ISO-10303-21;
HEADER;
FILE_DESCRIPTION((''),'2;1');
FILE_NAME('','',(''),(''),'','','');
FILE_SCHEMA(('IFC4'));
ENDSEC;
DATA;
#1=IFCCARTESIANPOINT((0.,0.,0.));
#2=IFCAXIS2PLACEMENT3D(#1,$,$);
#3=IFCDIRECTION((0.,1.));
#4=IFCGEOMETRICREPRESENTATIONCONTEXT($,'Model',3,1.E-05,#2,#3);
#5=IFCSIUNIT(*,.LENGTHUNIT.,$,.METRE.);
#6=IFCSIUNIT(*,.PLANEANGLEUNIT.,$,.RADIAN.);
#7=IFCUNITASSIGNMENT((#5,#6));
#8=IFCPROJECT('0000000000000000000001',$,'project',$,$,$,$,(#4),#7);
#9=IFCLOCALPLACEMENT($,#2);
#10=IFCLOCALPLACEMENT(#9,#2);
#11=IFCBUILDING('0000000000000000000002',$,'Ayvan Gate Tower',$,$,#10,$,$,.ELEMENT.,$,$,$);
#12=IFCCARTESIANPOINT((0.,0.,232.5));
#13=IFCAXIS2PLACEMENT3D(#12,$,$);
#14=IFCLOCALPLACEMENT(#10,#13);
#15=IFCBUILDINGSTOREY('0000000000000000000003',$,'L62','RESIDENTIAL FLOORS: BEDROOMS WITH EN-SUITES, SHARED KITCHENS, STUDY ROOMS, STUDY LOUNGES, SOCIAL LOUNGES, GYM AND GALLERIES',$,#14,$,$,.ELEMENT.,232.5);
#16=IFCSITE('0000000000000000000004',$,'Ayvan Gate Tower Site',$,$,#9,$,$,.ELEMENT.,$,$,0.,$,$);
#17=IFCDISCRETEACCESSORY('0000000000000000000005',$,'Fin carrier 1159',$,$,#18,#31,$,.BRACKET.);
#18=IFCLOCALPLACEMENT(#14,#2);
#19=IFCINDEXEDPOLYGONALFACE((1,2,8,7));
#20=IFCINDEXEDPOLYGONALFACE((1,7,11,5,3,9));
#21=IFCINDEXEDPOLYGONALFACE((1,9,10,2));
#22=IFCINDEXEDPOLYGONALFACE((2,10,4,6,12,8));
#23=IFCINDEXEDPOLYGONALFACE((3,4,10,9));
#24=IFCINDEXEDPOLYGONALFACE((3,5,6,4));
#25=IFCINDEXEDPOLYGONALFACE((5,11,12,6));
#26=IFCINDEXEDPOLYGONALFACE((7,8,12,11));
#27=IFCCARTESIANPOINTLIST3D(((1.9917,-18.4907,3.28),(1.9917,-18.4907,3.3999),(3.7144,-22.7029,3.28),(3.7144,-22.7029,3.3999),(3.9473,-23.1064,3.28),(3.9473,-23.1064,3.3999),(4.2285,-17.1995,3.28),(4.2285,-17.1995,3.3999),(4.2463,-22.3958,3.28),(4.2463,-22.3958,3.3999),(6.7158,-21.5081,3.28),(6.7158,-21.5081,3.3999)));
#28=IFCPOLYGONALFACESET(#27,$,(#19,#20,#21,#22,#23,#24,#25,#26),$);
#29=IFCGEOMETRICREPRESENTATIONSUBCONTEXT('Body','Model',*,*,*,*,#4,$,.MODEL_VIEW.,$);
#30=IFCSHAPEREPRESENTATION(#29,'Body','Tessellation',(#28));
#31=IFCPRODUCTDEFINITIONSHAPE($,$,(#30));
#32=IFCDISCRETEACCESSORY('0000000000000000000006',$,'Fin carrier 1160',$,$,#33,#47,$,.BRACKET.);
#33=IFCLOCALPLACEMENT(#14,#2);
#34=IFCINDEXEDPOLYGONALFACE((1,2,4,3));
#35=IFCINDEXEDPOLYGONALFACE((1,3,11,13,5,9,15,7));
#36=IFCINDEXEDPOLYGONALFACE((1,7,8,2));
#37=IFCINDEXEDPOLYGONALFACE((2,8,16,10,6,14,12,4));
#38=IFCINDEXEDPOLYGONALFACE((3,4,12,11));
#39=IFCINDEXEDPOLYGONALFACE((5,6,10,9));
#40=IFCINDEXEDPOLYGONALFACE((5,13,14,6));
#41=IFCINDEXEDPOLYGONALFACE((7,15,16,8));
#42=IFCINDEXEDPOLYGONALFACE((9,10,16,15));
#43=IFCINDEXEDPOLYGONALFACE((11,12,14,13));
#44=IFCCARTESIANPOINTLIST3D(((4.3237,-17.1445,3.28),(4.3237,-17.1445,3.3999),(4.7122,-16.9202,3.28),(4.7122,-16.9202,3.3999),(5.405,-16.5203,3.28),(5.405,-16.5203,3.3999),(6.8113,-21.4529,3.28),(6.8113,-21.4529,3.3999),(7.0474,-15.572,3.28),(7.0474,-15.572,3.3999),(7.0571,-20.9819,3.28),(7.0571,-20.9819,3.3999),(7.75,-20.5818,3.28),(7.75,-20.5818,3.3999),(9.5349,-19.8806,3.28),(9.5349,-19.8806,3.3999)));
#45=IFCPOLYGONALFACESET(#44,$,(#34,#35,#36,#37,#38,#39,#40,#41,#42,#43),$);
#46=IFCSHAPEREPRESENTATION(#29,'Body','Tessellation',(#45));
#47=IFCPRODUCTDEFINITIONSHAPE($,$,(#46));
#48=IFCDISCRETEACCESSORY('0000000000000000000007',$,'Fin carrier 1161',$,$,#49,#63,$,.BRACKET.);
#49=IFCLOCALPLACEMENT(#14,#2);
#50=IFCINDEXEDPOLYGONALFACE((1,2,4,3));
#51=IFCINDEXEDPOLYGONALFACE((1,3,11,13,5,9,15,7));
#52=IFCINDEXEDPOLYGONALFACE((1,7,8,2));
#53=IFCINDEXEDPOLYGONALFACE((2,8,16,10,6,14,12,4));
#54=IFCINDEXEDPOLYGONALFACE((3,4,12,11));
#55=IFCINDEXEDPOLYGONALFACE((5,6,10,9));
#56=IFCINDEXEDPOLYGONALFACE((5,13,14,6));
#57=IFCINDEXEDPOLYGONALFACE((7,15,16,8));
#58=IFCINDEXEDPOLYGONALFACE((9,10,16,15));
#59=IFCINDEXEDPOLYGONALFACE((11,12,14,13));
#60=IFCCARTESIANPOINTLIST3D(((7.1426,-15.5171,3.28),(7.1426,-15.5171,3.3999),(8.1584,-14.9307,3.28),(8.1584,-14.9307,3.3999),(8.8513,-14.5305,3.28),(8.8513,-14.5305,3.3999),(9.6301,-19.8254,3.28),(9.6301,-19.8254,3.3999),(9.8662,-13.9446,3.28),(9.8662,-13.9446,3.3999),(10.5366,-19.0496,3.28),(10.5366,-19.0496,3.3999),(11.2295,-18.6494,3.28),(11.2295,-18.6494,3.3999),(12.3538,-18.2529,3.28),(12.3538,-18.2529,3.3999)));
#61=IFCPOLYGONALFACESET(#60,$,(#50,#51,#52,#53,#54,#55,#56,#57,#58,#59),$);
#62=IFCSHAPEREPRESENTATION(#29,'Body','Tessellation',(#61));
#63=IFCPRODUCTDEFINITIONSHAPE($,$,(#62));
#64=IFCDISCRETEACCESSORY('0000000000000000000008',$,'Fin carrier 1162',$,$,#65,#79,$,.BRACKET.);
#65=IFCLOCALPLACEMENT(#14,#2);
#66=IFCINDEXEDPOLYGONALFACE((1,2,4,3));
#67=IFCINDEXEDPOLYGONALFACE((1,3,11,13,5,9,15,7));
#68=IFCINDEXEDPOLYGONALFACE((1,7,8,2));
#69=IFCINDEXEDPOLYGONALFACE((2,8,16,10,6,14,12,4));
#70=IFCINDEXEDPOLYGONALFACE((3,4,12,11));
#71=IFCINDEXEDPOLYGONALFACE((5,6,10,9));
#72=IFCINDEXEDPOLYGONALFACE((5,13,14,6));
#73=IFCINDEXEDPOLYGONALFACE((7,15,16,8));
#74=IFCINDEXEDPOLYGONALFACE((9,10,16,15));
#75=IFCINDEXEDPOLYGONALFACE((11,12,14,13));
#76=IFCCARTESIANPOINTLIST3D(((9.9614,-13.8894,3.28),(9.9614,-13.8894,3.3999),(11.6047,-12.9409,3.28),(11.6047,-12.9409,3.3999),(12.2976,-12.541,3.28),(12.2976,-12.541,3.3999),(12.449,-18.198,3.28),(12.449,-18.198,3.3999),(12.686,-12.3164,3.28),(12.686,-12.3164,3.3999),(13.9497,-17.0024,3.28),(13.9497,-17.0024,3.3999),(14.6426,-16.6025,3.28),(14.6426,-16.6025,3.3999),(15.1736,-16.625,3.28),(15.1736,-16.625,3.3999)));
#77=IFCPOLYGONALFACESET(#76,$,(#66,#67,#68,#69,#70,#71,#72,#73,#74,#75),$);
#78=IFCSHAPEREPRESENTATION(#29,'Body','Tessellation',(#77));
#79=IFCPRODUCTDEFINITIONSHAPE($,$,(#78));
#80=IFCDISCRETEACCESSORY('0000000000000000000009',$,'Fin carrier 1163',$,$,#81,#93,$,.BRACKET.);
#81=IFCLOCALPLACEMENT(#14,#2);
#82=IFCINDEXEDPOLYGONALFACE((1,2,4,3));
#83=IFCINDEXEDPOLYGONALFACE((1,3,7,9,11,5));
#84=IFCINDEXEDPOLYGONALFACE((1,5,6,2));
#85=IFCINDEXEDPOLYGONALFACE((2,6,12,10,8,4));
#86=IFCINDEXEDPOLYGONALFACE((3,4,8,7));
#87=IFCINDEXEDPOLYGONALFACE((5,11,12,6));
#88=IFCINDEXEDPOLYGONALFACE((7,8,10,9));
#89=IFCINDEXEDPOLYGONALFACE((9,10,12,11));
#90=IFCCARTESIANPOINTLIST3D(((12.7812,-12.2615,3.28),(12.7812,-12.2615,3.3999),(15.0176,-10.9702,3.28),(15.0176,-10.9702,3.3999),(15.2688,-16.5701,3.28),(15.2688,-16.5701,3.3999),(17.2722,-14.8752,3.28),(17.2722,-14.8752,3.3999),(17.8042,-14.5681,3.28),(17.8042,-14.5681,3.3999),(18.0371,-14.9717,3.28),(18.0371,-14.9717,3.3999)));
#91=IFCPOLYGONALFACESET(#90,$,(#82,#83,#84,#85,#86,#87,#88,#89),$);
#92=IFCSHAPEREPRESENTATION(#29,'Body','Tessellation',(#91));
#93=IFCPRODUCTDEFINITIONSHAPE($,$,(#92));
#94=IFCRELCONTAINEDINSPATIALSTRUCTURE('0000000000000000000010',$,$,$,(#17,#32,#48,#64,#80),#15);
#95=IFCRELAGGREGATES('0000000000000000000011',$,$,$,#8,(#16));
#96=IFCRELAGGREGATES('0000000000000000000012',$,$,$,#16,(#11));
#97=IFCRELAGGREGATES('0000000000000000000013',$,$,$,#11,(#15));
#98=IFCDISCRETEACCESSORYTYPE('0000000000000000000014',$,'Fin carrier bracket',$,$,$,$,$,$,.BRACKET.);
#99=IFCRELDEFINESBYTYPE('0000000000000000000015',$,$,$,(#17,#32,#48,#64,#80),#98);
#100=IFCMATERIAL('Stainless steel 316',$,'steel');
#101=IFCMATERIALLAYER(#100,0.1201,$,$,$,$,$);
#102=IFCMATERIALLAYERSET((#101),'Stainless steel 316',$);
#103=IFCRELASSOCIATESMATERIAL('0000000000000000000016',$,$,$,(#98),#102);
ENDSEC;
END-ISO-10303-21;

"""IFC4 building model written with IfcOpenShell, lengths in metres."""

from ifc_helpers import new_model, si_unit, direction, frame, origin, place, context, subcontext, project, spatial, polyline, outline, extrude, material, layer, layer_set, type_object, element, save


model = new_model("IFC4")

# Units and contexts
model_context = context("Model", 3, precision=1e-05, world=origin(), true_north=direction((0.0, 1.0)))
body_context = subcontext(model_context, "Body", "Model", "MODEL_VIEW")
ifc_project = project(units=[si_unit("LENGTHUNIT", "METRE"), si_unit("PLANEANGLEUNIT", "RADIAN")], contexts=[model_context])

# Site, building, storey
site_placement = place(None, origin())
site = spatial("IfcSite", under=ifc_project, at=site_placement, Name="Ayvan Gate Tower Site", CompositionType="ELEMENT", RefElevation=0.0)
building_placement = place(site_placement, origin())
building = spatial("IfcBuilding", under=site, at=building_placement, Name="Ayvan Gate Tower", CompositionType="ELEMENT")
storey_placement = place(building_placement, frame((0.0, 0.0, 232.5)))
storey = spatial("IfcBuildingStorey", under=building, at=storey_placement, Name="L62", Description="RESIDENTIAL FLOORS: BEDROOMS WITH EN-SUITES, SHARED KITCHENS, STUDY ROOMS, STUDY LOUNGES, SOCIAL LOUNGES, GYM AND GALLERIES", CompositionType="ELEMENT", Elevation=232.5)

# Discrete accessories
ifc_material_1 = material(Name="Stainless steel 316", Category="steel")
ifc_layer_1 = layer(ifc_material_1, 0.1201)
ifc_layer_set_1 = layer_set([ifc_layer_1], Name="Stainless steel 316")
discrete_accessory_type = type_object("IfcDiscreteAccessoryType", Name="Fin carrier bracket", PredefinedType="BRACKET", material=ifc_layer_set_1)
discrete_accessory_1_placement = place(storey_placement, frame((0.0, 0.0, 3.28)))
element("IfcDiscreteAccessory", 1, at=discrete_accessory_1_placement, inside=storey, type_object=discrete_accessory_type, Name="Fin carrier 1159", PredefinedType="BRACKET", context=body_context, shape_type="SweptSolid", body=[
    extrude(outline(polyline([(4.2285, -17.1995), (6.7158, -21.5081), (3.9473, -23.1064), (3.7144, -22.7029), (4.2463, -22.3958), (1.9917, -18.4907), (4.2285, -17.1995)])), origin(), (0.0, 0.0, 1.0), 0.1199),
])
discrete_accessory_2_placement = place(storey_placement, frame((0.0, 0.0, 3.28)))
element("IfcDiscreteAccessory", 2, at=discrete_accessory_2_placement, inside=storey, type_object=discrete_accessory_type, Name="Fin carrier 1160", PredefinedType="BRACKET", context=body_context, shape_type="SweptSolid", body=[
    extrude(outline(polyline([(7.0474, -15.572), (9.5349, -19.8806), (6.8113, -21.4529), (4.3237, -17.1445), (4.7122, -16.9202), (7.0571, -20.9819), (7.75, -20.5818), (5.405, -16.5203), (7.0474, -15.572)])), origin(), (0.0, 0.0, 1.0), 0.1199),
])
discrete_accessory_3_placement = place(storey_placement, frame((0.0, 0.0, 3.28)))
element("IfcDiscreteAccessory", 3, at=discrete_accessory_3_placement, inside=storey, type_object=discrete_accessory_type, Name="Fin carrier 1161", PredefinedType="BRACKET", context=body_context, shape_type="SweptSolid", body=[
    extrude(outline(polyline([(9.8662, -13.9446), (12.3538, -18.2529), (9.6301, -19.8254), (7.1426, -15.5171), (8.1584, -14.9307), (10.5366, -19.0496), (11.2295, -18.6494), (8.8513, -14.5305), (9.8662, -13.9446)])), origin(), (0.0, 0.0, 1.0), 0.1199),
])
discrete_accessory_4_placement = place(storey_placement, frame((0.0, 0.0, 3.28)))
element("IfcDiscreteAccessory", 4, at=discrete_accessory_4_placement, inside=storey, type_object=discrete_accessory_type, Name="Fin carrier 1162", PredefinedType="BRACKET", context=body_context, shape_type="SweptSolid", body=[
    extrude(outline(polyline([(12.686, -12.3164), (15.1736, -16.625), (12.449, -18.198), (9.9614, -13.8894), (11.6047, -12.9409), (13.9497, -17.0024), (14.6426, -16.6025), (12.2976, -12.541), (12.686, -12.3164)])), origin(), (0.0, 0.0, 1.0), 0.1199),
])
discrete_accessory_5_placement = place(storey_placement, frame((0.0, 0.0, 3.28)))
element("IfcDiscreteAccessory", 5, at=discrete_accessory_5_placement, inside=storey, type_object=discrete_accessory_type, Name="Fin carrier 1163", PredefinedType="BRACKET", context=body_context, shape_type="SweptSolid", body=[
    extrude(outline(polyline([(18.0371, -14.9717), (15.2688, -16.5701), (12.7812, -12.2615), (15.0176, -10.9702), (17.2722, -14.8752), (17.8042, -14.5681), (18.0371, -14.9717)])), origin(), (0.0, 0.0, 1.0), 0.1199),
])

save(model, "model.ifc")
